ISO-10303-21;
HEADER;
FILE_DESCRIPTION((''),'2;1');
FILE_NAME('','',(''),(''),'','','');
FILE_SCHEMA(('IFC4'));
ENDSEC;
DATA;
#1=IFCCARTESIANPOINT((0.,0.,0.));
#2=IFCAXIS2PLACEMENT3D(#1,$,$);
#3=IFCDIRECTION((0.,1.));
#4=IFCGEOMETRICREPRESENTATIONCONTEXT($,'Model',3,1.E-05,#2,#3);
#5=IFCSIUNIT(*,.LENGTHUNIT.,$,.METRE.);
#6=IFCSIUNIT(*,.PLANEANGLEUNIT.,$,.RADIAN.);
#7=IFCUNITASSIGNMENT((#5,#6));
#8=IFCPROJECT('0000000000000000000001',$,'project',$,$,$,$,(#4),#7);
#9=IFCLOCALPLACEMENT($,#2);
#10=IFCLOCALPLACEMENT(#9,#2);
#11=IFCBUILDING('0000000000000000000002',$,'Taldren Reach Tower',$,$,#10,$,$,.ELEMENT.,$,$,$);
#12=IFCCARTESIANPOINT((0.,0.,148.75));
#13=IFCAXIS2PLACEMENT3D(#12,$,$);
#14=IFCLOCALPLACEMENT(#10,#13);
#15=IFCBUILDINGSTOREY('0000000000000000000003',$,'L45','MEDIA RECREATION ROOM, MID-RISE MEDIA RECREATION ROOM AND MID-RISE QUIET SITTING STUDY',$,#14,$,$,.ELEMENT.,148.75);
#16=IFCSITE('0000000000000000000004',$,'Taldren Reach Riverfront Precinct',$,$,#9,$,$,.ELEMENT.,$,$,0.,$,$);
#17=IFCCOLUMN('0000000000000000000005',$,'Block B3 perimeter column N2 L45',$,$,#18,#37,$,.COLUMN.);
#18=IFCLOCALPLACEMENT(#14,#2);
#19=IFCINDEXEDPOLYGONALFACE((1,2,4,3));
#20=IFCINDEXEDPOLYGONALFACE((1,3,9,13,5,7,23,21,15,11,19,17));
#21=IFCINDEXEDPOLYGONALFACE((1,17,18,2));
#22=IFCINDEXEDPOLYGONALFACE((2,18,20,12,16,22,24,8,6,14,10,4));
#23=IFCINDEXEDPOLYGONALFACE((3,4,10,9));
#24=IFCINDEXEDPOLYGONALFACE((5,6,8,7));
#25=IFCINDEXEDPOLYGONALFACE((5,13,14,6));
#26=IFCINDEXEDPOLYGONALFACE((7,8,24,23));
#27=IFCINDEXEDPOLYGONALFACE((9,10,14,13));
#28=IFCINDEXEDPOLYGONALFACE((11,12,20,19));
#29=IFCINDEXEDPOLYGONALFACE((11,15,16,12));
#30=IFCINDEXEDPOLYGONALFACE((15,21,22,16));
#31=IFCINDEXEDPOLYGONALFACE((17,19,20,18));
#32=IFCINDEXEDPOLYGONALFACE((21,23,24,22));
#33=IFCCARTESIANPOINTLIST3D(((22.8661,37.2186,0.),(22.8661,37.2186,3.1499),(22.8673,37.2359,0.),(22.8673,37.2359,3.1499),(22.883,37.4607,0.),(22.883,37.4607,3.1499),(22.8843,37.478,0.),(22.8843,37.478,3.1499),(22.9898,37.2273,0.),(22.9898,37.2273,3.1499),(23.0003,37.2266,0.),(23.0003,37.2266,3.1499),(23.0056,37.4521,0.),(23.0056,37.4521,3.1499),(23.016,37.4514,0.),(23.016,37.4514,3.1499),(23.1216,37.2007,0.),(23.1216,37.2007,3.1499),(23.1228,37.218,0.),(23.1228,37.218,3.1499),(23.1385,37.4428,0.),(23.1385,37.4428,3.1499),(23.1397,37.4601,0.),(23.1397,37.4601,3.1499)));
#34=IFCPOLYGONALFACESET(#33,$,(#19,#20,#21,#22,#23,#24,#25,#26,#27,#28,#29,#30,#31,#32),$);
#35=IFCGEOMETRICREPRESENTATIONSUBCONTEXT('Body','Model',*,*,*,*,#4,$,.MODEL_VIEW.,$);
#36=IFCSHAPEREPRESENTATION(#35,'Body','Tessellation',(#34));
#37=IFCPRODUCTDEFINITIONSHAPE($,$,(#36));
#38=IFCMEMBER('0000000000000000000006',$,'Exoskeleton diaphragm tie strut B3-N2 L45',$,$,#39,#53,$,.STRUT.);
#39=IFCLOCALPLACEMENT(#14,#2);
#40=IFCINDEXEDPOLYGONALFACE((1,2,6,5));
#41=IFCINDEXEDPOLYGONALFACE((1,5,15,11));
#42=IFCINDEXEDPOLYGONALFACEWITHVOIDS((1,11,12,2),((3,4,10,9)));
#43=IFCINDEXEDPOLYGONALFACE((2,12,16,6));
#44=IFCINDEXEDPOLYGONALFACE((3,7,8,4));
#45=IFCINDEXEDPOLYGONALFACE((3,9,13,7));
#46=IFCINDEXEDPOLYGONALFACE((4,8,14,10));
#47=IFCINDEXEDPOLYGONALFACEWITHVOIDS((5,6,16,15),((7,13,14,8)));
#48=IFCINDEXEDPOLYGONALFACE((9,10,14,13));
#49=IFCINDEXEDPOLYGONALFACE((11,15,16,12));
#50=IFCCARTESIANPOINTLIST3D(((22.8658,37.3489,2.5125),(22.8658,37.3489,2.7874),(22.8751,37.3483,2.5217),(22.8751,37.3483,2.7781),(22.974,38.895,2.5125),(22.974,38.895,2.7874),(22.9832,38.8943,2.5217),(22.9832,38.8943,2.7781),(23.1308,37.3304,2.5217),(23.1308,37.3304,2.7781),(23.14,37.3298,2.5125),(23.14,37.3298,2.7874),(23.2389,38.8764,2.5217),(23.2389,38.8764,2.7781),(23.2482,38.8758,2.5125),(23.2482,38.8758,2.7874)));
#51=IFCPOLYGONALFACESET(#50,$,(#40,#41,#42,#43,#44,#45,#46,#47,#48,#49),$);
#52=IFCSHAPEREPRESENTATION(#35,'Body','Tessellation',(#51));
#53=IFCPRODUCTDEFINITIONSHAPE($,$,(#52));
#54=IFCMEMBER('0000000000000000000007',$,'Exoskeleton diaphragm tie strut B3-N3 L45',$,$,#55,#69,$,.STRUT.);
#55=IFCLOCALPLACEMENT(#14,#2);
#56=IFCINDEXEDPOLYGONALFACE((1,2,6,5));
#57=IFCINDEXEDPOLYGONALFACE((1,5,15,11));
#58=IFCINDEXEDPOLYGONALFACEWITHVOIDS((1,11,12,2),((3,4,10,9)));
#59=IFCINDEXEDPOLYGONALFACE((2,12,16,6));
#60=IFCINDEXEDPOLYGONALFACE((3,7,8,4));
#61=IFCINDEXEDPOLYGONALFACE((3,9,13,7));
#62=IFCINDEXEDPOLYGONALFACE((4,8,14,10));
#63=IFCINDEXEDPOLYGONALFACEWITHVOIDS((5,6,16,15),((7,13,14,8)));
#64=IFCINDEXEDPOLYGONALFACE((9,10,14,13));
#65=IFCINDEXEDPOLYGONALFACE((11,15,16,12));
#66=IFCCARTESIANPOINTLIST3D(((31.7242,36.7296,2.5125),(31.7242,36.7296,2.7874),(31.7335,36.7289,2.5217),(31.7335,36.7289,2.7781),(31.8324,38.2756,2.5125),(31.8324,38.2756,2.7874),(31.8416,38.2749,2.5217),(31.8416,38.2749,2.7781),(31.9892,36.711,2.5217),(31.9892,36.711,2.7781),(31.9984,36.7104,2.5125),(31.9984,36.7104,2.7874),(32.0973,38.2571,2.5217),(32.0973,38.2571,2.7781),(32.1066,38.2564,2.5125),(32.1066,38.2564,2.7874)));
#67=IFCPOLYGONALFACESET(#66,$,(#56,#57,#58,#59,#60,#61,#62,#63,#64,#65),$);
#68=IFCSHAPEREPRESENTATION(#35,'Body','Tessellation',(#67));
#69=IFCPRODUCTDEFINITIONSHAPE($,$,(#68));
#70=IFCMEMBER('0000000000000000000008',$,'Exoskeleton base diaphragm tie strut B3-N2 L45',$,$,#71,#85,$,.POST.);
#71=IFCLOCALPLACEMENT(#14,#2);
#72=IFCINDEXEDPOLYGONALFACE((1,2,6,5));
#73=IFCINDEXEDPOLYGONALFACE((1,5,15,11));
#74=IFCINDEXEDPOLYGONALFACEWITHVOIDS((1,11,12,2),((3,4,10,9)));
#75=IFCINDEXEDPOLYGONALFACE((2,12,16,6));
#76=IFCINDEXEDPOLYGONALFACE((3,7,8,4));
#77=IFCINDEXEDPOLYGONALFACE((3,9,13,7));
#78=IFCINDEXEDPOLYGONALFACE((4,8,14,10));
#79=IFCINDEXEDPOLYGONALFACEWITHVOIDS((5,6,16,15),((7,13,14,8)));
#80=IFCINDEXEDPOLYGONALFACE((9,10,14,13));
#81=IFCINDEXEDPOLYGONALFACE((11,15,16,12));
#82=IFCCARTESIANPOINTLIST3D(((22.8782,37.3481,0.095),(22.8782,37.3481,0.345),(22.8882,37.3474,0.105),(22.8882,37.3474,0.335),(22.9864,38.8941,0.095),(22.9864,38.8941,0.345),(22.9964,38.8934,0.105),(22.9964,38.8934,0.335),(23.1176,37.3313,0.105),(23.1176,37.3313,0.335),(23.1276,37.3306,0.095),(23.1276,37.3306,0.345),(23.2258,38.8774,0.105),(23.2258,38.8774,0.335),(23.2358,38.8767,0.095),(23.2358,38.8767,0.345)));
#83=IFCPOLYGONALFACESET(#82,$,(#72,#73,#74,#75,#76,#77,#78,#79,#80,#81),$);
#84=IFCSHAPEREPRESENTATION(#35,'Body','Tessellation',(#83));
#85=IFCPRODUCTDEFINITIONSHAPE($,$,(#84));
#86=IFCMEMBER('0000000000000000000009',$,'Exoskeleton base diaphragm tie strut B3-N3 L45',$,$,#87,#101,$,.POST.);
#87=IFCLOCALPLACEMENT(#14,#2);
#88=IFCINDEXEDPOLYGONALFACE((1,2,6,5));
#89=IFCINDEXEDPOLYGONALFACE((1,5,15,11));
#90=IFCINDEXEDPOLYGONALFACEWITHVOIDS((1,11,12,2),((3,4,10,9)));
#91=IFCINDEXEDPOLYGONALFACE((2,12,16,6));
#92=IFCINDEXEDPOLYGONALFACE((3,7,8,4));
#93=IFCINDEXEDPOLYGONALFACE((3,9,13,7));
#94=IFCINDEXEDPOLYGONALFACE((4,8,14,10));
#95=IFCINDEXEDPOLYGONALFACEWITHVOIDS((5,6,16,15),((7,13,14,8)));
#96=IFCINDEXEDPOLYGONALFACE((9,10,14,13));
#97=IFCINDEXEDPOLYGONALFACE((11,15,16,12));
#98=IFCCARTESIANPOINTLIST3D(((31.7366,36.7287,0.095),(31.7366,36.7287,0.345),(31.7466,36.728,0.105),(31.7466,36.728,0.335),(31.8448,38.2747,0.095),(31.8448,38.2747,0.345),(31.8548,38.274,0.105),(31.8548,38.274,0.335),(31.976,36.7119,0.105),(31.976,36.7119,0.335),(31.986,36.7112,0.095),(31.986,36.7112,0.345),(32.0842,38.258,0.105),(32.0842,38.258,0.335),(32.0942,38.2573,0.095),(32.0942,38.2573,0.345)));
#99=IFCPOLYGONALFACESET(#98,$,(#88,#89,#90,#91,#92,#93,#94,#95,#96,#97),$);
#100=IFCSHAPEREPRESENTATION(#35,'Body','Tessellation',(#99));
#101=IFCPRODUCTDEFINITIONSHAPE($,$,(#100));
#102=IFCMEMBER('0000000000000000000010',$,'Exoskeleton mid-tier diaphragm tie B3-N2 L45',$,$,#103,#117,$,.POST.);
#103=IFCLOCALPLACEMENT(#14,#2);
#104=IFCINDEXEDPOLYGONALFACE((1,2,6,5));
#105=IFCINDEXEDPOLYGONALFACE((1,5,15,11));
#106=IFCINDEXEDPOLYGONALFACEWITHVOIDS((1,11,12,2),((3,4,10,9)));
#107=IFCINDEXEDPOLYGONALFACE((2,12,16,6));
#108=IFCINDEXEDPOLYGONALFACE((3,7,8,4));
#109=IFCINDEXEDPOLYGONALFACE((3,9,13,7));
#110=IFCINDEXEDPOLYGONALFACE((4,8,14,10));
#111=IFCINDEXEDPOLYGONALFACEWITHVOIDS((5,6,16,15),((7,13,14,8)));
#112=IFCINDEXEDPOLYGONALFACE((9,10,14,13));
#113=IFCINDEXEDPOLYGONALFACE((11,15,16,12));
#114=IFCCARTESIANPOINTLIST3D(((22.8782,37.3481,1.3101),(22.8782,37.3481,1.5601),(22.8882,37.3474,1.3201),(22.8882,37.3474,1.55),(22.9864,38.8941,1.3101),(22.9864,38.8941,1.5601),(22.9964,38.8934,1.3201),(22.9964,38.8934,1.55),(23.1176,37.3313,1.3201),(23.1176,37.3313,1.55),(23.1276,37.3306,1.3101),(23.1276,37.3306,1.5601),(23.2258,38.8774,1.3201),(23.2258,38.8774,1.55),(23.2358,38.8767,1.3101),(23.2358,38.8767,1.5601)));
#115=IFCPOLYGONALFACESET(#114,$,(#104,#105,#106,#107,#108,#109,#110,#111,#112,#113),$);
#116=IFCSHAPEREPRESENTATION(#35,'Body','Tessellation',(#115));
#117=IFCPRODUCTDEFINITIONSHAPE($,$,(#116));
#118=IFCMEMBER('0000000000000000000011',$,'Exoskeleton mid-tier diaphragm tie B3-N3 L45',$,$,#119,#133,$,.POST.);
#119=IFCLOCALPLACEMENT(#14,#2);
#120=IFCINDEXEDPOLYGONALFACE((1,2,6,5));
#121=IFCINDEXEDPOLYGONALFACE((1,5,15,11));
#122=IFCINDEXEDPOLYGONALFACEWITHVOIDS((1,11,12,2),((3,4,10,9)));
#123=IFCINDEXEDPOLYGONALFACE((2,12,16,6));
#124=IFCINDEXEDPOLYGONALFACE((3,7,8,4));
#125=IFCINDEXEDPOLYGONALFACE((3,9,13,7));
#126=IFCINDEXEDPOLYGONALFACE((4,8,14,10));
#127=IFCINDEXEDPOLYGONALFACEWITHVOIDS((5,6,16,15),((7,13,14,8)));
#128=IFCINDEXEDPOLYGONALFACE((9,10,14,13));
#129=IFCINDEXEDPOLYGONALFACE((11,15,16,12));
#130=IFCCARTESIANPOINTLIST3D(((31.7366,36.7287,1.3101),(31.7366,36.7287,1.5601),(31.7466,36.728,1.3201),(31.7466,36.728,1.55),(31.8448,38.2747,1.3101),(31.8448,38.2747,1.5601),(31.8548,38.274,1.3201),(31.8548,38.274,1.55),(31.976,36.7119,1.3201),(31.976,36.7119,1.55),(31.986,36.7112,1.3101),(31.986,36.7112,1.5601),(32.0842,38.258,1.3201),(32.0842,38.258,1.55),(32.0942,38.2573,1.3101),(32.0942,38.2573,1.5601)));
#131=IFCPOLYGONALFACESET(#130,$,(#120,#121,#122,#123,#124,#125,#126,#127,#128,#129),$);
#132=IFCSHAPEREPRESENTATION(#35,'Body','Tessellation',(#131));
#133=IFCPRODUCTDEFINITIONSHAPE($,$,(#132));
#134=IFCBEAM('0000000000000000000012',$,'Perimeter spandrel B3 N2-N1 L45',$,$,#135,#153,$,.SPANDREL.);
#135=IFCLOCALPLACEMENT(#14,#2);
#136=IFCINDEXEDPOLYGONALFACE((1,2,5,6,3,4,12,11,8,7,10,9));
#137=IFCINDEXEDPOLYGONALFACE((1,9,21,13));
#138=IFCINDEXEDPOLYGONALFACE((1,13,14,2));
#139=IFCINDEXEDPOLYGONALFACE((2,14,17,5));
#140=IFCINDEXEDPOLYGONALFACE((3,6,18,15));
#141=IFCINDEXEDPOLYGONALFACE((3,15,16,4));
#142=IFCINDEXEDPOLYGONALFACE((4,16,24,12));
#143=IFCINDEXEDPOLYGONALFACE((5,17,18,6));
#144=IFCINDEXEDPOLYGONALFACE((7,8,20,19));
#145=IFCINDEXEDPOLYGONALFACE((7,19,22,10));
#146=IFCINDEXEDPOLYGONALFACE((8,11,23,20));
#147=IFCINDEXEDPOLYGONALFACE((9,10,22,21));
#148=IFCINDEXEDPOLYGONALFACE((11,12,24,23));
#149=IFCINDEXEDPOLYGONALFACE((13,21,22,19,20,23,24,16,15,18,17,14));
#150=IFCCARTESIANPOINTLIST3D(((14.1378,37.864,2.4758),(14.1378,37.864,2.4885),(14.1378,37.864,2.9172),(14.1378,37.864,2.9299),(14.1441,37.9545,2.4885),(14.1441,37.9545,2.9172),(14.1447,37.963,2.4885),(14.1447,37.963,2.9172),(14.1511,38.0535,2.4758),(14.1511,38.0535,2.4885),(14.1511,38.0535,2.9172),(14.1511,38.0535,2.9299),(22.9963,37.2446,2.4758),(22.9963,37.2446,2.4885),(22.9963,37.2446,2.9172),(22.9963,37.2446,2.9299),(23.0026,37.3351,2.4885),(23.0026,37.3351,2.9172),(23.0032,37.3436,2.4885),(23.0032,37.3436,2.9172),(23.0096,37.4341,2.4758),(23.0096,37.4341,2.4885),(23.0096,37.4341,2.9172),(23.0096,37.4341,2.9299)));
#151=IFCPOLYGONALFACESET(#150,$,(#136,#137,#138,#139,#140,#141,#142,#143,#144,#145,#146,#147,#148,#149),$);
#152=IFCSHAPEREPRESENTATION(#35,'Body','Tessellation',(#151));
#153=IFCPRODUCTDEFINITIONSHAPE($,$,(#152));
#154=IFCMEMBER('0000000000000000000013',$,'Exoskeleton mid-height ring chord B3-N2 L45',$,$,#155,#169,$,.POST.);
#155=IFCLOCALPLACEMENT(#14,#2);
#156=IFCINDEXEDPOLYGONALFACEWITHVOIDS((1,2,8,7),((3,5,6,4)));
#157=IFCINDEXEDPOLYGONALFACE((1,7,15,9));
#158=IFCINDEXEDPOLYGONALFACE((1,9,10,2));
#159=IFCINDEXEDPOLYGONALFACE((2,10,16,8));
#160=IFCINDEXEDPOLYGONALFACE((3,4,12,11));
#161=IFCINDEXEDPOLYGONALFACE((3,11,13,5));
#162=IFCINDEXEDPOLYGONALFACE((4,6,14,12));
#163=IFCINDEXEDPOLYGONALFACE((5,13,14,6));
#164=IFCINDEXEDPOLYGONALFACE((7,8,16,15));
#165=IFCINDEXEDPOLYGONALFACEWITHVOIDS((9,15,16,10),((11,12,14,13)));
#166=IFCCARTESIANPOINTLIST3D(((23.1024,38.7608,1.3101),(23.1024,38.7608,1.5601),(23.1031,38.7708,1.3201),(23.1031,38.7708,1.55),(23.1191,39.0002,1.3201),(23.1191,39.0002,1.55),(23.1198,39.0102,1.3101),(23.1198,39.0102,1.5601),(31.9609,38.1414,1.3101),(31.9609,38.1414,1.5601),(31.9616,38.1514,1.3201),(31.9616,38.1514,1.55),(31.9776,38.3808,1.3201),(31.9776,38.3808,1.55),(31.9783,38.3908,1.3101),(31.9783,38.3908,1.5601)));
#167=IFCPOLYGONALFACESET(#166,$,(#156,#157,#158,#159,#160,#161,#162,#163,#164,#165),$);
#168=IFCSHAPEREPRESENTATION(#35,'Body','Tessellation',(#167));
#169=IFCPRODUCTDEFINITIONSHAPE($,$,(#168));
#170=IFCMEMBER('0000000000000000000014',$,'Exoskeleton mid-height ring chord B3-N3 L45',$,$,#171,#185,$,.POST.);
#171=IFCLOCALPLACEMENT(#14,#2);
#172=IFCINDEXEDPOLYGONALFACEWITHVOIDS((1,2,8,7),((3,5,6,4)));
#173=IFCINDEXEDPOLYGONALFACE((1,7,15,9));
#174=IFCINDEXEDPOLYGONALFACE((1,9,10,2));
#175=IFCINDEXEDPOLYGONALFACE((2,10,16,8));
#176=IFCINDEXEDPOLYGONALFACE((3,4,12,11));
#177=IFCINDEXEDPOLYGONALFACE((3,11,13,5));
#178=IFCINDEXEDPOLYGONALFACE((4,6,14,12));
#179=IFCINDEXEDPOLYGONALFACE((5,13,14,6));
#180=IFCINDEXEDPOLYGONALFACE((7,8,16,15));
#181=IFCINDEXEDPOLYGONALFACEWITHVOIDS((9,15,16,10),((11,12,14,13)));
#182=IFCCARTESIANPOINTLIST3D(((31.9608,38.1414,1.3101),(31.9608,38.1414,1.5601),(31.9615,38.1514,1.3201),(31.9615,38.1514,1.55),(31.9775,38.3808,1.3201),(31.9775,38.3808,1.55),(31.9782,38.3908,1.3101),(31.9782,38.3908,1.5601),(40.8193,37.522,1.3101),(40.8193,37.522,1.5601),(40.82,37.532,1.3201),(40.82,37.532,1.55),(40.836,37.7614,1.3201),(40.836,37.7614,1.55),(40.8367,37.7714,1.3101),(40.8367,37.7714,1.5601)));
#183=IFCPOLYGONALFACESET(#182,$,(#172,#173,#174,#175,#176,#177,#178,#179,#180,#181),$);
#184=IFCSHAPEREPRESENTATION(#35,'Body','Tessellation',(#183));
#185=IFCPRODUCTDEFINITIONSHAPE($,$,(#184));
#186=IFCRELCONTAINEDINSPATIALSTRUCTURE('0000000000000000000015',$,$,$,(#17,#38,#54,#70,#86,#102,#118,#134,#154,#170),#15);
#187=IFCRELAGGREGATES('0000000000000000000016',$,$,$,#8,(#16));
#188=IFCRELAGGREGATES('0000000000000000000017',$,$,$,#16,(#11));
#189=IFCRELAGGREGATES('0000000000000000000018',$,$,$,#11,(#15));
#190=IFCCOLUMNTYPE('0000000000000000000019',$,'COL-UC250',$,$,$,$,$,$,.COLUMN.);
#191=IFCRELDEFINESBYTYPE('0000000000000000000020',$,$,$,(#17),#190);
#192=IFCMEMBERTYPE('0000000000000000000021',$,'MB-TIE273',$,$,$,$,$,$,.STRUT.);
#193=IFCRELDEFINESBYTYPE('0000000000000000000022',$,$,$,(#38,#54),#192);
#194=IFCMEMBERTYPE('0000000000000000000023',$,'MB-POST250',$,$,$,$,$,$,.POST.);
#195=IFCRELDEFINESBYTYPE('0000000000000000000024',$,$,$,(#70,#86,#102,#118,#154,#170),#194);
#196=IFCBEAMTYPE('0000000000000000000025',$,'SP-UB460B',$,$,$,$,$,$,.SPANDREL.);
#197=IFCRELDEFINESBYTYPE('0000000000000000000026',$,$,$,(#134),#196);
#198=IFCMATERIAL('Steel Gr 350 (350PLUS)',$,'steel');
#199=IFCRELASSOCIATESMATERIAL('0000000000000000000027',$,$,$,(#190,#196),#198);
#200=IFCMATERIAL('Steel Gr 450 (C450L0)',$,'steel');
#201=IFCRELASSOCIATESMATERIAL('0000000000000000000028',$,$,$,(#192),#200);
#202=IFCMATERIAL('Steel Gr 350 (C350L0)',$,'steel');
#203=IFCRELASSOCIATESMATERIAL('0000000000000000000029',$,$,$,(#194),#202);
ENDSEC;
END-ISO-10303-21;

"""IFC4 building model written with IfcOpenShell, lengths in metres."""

from ifc_helpers import new_model, si_unit, direction, frame, origin, origin_2d, place, context, subcontext, project, spatial, hollow_rectangle, i_section, extrude, source, transform, mapped, material, material_profile, profile_set, type_object, element, save


model = new_model("IFC4")

# Units and contexts
model_context = context("Model", 3, precision=1e-05, world=origin(), true_north=direction((0.0, 1.0)))
body_context = subcontext(model_context, "Body", "Model", "MODEL_VIEW")
ifc_project = project(units=[si_unit("LENGTHUNIT", "METRE"), si_unit("PLANEANGLEUNIT", "RADIAN")], contexts=[model_context])

# Site, building, storey
site_placement = place(None, origin())
site = spatial("IfcSite", under=ifc_project, at=site_placement, Name="Taldren Reach Riverfront Precinct", CompositionType="ELEMENT", RefElevation=0.0)
building_placement = place(site_placement, origin())
building = spatial("IfcBuilding", under=site, at=building_placement, Name="Taldren Reach Tower", CompositionType="ELEMENT")
storey_placement = place(building_placement, frame((0.0, 0.0, 148.75)))
storey = spatial("IfcBuildingStorey", under=building, at=storey_placement, Name="L45", Description="MEDIA RECREATION ROOM, MID-RISE MEDIA RECREATION ROOM AND MID-RISE QUIET SITTING STUDY", CompositionType="ELEMENT", Elevation=148.75)

# Column
ifc_material_1 = material(Name="Steel Gr 350 (350PLUS)", Category="steel")
ifc_material_profile_1 = material_profile(ifc_material_1, i_section(OverallWidth=0.2561, OverallDepth=0.26, WebThickness=0.0105, FlangeThickness=0.0173, at=origin_2d()), Name="250UC89.5")
ifc_profile_set_1 = profile_set([ifc_material_profile_1], Name="Steel Gr 350 (350PLUS)")
column_type = type_object("IfcColumnType", Name="COL-UC250", PredefinedType="COLUMN", material=ifc_profile_set_1)
shared_shape_1 = source(origin(), body_context, "Body", "SweptSolid", [
    extrude(i_section(OverallWidth=0.2561, OverallDepth=0.26, WebThickness=0.0105, FlangeThickness=0.0173, at=origin_2d()), origin(), (0.0, 0.0, 1.0), 3.1499),
])
column_placement = place(storey_placement, frame((23.0029, 37.3394, 0.0), z_axis=(0.0, 0.0, 1.0), x_axis=(0.997564, -0.069756, 0.0)))
element("IfcColumn", 1, at=column_placement, inside=storey, type_object=column_type, Name="Block B3 perimeter column N2 L45", PredefinedType="COLUMN", context=body_context, shape_type="MappedRepresentation", body=[
    mapped(shared_shape_1, transform((0.0, 0.0, 0.0), scale=1.0)),
])

# Members
ifc_material_2 = material(Name="Steel Gr 450 (C450L0)", Category="steel")
ifc_material_profile_2 = material_profile(ifc_material_2, hollow_rectangle(XDim=0.2749, YDim=0.2749, WallThickness=0.0093, at=origin_2d()), Name="275x275x9.3SHS")
ifc_profile_set_2 = profile_set([ifc_material_profile_2], Name="Steel Gr 450 (C450L0)")
member_type_1 = type_object("IfcMemberType", Name="MB-TIE273", PredefinedType="STRUT", material=ifc_profile_set_2)
shared_shape_2 = source(origin(), body_context, "Body", "SweptSolid", [
    extrude(hollow_rectangle(XDim=0.2749, YDim=0.2749, WallThickness=0.0093, at=origin_2d()), origin(), (0.0, 0.0, 1.0), 1.5498),
])
for number, where, z_axis, x_axis, name in (
    (2, (23.0029, 37.3394, 2.6499), (0.069781, 0.997562, 0.0), (-0.997562, 0.069781, 0.0), "Exoskeleton diaphragm tie strut B3-N2 L45"),
    (3, (31.8613, 36.72, 2.6499), (0.069781, 0.997562, 0.0), (-0.997562, 0.069781, 0.0), "Exoskeleton diaphragm tie strut B3-N3 L45"),
):
    element("IfcMember", number, at=place(storey_placement, frame(where, z_axis=z_axis, x_axis=x_axis)), inside=storey, type_object=member_type_1, Name=name, PredefinedType="STRUT", context=body_context, shape_type="MappedRepresentation", body=[
        mapped(shared_shape_2, transform((0.0, 0.0, 0.0), scale=1.0)),
    ])
ifc_material_3 = material(Name="Steel Gr 350 (C350L0)", Category="steel")
ifc_material_profile_3 = material_profile(ifc_material_3, hollow_rectangle(XDim=0.25, YDim=0.25, WallThickness=0.01, at=origin_2d()), Name="250x250x10.0SHS")
ifc_profile_set_3 = profile_set([ifc_material_profile_3], Name="Steel Gr 350 (C350L0)")
member_type_2 = type_object("IfcMemberType", Name="MB-POST250", PredefinedType="POST", material=ifc_profile_set_3)
shared_shape_3 = source(origin(), body_context, "Body", "SweptSolid", [
    extrude(hollow_rectangle(XDim=0.25, YDim=0.25, WallThickness=0.01, at=origin_2d()), origin(), (0.0, 0.0, 1.0), 1.5498),
])
for number, where, z_axis, x_axis, name in (
    (4, (23.0029, 37.3394, 0.22), (0.069781, 0.997562, 0.0), (-0.997562, 0.069781, 0.0), "Exoskeleton base diaphragm tie strut B3-N2 L45"),
    (5, (31.8613, 36.72, 0.22), (0.069781, 0.997562, 0.0), (-0.997562, 0.069781, 0.0), "Exoskeleton base diaphragm tie strut B3-N3 L45"),
    (6, (23.0029, 37.3394, 1.4351), (0.069781, 0.997562, 0.0), (-0.997562, 0.069781, 0.0), "Exoskeleton mid-tier diaphragm tie B3-N2 L45"),
    (7, (31.8613, 36.72, 1.4351), (0.069781, 0.997562, 0.0), (-0.997562, 0.069781, 0.0), "Exoskeleton mid-tier diaphragm tie B3-N3 L45"),
):
    element("IfcMember", number, at=place(storey_placement, frame(where, z_axis=z_axis, x_axis=x_axis)), inside=storey, type_object=member_type_2, Name=name, PredefinedType="POST", context=body_context, shape_type="MappedRepresentation", body=[
        mapped(shared_shape_3, transform((0.0, 0.0, 0.0), scale=1.0)),
    ])

# Beam
ifc_material_profile_4 = material_profile(ifc_material_1, i_section(OverallWidth=0.1899, OverallDepth=0.4541, WebThickness=0.0085, FlangeThickness=0.0127, at=origin_2d()), Name="460UB67.1")
ifc_profile_set_4 = profile_set([ifc_material_profile_4], Name="Steel Gr 350 (350PLUS)")
beam_type = type_object("IfcBeamType", Name="SP-UB460B", PredefinedType="SPANDREL", material=ifc_profile_set_4)
shared_shape_4 = source(origin(), body_context, "Body", "SweptSolid", [
    extrude(i_section(OverallWidth=0.1899, OverallDepth=0.4541, WebThickness=0.0085, FlangeThickness=0.0127, at=origin_2d()), origin(), (0.0, 0.0, 1.0), 8.8801),
])
beam_placement = place(storey_placement, frame((23.0029, 37.3394, 2.7029), z_axis=(-0.997564, 0.06975, 0.0), x_axis=(-0.06975, -0.997564, 0.0)))
element("IfcBeam", 8, at=beam_placement, inside=storey, type_object=beam_type, Name="Perimeter spandrel B3 N2-N1 L45", PredefinedType="SPANDREL", context=body_context, shape_type="MappedRepresentation", body=[
    mapped(shared_shape_4, transform((0.0, 0.0, 0.0), scale=1.0)),
])

# Members
shared_shape_5 = source(origin(), body_context, "Body", "SweptSolid", [
    extrude(hollow_rectangle(XDim=0.25, YDim=0.25, WallThickness=0.01, at=origin_2d()), origin(), (0.0, 0.0, 1.0), 8.8801),
])
for number, where, z_axis, x_axis, name in (
    (9, (23.1111, 38.8855, 1.4351), (0.997564, -0.06975, 0.0), (0.06975, 0.997564, 0.0), "Exoskeleton mid-height ring chord B3-N2 L45"),
    (10, (31.9695, 38.2661, 1.4351), (0.997564, -0.06975, 0.0), (0.06975, 0.997564, 0.0), "Exoskeleton mid-height ring chord B3-N3 L45"),
):
    element("IfcMember", number, at=place(storey_placement, frame(where, z_axis=z_axis, x_axis=x_axis)), inside=storey, type_object=member_type_2, Name=name, PredefinedType="POST", context=body_context, shape_type="MappedRepresentation", body=[
        mapped(shared_shape_5, transform((0.0, 0.0, 0.0), scale=1.0)),
    ])

save(model, "model.ifc")
